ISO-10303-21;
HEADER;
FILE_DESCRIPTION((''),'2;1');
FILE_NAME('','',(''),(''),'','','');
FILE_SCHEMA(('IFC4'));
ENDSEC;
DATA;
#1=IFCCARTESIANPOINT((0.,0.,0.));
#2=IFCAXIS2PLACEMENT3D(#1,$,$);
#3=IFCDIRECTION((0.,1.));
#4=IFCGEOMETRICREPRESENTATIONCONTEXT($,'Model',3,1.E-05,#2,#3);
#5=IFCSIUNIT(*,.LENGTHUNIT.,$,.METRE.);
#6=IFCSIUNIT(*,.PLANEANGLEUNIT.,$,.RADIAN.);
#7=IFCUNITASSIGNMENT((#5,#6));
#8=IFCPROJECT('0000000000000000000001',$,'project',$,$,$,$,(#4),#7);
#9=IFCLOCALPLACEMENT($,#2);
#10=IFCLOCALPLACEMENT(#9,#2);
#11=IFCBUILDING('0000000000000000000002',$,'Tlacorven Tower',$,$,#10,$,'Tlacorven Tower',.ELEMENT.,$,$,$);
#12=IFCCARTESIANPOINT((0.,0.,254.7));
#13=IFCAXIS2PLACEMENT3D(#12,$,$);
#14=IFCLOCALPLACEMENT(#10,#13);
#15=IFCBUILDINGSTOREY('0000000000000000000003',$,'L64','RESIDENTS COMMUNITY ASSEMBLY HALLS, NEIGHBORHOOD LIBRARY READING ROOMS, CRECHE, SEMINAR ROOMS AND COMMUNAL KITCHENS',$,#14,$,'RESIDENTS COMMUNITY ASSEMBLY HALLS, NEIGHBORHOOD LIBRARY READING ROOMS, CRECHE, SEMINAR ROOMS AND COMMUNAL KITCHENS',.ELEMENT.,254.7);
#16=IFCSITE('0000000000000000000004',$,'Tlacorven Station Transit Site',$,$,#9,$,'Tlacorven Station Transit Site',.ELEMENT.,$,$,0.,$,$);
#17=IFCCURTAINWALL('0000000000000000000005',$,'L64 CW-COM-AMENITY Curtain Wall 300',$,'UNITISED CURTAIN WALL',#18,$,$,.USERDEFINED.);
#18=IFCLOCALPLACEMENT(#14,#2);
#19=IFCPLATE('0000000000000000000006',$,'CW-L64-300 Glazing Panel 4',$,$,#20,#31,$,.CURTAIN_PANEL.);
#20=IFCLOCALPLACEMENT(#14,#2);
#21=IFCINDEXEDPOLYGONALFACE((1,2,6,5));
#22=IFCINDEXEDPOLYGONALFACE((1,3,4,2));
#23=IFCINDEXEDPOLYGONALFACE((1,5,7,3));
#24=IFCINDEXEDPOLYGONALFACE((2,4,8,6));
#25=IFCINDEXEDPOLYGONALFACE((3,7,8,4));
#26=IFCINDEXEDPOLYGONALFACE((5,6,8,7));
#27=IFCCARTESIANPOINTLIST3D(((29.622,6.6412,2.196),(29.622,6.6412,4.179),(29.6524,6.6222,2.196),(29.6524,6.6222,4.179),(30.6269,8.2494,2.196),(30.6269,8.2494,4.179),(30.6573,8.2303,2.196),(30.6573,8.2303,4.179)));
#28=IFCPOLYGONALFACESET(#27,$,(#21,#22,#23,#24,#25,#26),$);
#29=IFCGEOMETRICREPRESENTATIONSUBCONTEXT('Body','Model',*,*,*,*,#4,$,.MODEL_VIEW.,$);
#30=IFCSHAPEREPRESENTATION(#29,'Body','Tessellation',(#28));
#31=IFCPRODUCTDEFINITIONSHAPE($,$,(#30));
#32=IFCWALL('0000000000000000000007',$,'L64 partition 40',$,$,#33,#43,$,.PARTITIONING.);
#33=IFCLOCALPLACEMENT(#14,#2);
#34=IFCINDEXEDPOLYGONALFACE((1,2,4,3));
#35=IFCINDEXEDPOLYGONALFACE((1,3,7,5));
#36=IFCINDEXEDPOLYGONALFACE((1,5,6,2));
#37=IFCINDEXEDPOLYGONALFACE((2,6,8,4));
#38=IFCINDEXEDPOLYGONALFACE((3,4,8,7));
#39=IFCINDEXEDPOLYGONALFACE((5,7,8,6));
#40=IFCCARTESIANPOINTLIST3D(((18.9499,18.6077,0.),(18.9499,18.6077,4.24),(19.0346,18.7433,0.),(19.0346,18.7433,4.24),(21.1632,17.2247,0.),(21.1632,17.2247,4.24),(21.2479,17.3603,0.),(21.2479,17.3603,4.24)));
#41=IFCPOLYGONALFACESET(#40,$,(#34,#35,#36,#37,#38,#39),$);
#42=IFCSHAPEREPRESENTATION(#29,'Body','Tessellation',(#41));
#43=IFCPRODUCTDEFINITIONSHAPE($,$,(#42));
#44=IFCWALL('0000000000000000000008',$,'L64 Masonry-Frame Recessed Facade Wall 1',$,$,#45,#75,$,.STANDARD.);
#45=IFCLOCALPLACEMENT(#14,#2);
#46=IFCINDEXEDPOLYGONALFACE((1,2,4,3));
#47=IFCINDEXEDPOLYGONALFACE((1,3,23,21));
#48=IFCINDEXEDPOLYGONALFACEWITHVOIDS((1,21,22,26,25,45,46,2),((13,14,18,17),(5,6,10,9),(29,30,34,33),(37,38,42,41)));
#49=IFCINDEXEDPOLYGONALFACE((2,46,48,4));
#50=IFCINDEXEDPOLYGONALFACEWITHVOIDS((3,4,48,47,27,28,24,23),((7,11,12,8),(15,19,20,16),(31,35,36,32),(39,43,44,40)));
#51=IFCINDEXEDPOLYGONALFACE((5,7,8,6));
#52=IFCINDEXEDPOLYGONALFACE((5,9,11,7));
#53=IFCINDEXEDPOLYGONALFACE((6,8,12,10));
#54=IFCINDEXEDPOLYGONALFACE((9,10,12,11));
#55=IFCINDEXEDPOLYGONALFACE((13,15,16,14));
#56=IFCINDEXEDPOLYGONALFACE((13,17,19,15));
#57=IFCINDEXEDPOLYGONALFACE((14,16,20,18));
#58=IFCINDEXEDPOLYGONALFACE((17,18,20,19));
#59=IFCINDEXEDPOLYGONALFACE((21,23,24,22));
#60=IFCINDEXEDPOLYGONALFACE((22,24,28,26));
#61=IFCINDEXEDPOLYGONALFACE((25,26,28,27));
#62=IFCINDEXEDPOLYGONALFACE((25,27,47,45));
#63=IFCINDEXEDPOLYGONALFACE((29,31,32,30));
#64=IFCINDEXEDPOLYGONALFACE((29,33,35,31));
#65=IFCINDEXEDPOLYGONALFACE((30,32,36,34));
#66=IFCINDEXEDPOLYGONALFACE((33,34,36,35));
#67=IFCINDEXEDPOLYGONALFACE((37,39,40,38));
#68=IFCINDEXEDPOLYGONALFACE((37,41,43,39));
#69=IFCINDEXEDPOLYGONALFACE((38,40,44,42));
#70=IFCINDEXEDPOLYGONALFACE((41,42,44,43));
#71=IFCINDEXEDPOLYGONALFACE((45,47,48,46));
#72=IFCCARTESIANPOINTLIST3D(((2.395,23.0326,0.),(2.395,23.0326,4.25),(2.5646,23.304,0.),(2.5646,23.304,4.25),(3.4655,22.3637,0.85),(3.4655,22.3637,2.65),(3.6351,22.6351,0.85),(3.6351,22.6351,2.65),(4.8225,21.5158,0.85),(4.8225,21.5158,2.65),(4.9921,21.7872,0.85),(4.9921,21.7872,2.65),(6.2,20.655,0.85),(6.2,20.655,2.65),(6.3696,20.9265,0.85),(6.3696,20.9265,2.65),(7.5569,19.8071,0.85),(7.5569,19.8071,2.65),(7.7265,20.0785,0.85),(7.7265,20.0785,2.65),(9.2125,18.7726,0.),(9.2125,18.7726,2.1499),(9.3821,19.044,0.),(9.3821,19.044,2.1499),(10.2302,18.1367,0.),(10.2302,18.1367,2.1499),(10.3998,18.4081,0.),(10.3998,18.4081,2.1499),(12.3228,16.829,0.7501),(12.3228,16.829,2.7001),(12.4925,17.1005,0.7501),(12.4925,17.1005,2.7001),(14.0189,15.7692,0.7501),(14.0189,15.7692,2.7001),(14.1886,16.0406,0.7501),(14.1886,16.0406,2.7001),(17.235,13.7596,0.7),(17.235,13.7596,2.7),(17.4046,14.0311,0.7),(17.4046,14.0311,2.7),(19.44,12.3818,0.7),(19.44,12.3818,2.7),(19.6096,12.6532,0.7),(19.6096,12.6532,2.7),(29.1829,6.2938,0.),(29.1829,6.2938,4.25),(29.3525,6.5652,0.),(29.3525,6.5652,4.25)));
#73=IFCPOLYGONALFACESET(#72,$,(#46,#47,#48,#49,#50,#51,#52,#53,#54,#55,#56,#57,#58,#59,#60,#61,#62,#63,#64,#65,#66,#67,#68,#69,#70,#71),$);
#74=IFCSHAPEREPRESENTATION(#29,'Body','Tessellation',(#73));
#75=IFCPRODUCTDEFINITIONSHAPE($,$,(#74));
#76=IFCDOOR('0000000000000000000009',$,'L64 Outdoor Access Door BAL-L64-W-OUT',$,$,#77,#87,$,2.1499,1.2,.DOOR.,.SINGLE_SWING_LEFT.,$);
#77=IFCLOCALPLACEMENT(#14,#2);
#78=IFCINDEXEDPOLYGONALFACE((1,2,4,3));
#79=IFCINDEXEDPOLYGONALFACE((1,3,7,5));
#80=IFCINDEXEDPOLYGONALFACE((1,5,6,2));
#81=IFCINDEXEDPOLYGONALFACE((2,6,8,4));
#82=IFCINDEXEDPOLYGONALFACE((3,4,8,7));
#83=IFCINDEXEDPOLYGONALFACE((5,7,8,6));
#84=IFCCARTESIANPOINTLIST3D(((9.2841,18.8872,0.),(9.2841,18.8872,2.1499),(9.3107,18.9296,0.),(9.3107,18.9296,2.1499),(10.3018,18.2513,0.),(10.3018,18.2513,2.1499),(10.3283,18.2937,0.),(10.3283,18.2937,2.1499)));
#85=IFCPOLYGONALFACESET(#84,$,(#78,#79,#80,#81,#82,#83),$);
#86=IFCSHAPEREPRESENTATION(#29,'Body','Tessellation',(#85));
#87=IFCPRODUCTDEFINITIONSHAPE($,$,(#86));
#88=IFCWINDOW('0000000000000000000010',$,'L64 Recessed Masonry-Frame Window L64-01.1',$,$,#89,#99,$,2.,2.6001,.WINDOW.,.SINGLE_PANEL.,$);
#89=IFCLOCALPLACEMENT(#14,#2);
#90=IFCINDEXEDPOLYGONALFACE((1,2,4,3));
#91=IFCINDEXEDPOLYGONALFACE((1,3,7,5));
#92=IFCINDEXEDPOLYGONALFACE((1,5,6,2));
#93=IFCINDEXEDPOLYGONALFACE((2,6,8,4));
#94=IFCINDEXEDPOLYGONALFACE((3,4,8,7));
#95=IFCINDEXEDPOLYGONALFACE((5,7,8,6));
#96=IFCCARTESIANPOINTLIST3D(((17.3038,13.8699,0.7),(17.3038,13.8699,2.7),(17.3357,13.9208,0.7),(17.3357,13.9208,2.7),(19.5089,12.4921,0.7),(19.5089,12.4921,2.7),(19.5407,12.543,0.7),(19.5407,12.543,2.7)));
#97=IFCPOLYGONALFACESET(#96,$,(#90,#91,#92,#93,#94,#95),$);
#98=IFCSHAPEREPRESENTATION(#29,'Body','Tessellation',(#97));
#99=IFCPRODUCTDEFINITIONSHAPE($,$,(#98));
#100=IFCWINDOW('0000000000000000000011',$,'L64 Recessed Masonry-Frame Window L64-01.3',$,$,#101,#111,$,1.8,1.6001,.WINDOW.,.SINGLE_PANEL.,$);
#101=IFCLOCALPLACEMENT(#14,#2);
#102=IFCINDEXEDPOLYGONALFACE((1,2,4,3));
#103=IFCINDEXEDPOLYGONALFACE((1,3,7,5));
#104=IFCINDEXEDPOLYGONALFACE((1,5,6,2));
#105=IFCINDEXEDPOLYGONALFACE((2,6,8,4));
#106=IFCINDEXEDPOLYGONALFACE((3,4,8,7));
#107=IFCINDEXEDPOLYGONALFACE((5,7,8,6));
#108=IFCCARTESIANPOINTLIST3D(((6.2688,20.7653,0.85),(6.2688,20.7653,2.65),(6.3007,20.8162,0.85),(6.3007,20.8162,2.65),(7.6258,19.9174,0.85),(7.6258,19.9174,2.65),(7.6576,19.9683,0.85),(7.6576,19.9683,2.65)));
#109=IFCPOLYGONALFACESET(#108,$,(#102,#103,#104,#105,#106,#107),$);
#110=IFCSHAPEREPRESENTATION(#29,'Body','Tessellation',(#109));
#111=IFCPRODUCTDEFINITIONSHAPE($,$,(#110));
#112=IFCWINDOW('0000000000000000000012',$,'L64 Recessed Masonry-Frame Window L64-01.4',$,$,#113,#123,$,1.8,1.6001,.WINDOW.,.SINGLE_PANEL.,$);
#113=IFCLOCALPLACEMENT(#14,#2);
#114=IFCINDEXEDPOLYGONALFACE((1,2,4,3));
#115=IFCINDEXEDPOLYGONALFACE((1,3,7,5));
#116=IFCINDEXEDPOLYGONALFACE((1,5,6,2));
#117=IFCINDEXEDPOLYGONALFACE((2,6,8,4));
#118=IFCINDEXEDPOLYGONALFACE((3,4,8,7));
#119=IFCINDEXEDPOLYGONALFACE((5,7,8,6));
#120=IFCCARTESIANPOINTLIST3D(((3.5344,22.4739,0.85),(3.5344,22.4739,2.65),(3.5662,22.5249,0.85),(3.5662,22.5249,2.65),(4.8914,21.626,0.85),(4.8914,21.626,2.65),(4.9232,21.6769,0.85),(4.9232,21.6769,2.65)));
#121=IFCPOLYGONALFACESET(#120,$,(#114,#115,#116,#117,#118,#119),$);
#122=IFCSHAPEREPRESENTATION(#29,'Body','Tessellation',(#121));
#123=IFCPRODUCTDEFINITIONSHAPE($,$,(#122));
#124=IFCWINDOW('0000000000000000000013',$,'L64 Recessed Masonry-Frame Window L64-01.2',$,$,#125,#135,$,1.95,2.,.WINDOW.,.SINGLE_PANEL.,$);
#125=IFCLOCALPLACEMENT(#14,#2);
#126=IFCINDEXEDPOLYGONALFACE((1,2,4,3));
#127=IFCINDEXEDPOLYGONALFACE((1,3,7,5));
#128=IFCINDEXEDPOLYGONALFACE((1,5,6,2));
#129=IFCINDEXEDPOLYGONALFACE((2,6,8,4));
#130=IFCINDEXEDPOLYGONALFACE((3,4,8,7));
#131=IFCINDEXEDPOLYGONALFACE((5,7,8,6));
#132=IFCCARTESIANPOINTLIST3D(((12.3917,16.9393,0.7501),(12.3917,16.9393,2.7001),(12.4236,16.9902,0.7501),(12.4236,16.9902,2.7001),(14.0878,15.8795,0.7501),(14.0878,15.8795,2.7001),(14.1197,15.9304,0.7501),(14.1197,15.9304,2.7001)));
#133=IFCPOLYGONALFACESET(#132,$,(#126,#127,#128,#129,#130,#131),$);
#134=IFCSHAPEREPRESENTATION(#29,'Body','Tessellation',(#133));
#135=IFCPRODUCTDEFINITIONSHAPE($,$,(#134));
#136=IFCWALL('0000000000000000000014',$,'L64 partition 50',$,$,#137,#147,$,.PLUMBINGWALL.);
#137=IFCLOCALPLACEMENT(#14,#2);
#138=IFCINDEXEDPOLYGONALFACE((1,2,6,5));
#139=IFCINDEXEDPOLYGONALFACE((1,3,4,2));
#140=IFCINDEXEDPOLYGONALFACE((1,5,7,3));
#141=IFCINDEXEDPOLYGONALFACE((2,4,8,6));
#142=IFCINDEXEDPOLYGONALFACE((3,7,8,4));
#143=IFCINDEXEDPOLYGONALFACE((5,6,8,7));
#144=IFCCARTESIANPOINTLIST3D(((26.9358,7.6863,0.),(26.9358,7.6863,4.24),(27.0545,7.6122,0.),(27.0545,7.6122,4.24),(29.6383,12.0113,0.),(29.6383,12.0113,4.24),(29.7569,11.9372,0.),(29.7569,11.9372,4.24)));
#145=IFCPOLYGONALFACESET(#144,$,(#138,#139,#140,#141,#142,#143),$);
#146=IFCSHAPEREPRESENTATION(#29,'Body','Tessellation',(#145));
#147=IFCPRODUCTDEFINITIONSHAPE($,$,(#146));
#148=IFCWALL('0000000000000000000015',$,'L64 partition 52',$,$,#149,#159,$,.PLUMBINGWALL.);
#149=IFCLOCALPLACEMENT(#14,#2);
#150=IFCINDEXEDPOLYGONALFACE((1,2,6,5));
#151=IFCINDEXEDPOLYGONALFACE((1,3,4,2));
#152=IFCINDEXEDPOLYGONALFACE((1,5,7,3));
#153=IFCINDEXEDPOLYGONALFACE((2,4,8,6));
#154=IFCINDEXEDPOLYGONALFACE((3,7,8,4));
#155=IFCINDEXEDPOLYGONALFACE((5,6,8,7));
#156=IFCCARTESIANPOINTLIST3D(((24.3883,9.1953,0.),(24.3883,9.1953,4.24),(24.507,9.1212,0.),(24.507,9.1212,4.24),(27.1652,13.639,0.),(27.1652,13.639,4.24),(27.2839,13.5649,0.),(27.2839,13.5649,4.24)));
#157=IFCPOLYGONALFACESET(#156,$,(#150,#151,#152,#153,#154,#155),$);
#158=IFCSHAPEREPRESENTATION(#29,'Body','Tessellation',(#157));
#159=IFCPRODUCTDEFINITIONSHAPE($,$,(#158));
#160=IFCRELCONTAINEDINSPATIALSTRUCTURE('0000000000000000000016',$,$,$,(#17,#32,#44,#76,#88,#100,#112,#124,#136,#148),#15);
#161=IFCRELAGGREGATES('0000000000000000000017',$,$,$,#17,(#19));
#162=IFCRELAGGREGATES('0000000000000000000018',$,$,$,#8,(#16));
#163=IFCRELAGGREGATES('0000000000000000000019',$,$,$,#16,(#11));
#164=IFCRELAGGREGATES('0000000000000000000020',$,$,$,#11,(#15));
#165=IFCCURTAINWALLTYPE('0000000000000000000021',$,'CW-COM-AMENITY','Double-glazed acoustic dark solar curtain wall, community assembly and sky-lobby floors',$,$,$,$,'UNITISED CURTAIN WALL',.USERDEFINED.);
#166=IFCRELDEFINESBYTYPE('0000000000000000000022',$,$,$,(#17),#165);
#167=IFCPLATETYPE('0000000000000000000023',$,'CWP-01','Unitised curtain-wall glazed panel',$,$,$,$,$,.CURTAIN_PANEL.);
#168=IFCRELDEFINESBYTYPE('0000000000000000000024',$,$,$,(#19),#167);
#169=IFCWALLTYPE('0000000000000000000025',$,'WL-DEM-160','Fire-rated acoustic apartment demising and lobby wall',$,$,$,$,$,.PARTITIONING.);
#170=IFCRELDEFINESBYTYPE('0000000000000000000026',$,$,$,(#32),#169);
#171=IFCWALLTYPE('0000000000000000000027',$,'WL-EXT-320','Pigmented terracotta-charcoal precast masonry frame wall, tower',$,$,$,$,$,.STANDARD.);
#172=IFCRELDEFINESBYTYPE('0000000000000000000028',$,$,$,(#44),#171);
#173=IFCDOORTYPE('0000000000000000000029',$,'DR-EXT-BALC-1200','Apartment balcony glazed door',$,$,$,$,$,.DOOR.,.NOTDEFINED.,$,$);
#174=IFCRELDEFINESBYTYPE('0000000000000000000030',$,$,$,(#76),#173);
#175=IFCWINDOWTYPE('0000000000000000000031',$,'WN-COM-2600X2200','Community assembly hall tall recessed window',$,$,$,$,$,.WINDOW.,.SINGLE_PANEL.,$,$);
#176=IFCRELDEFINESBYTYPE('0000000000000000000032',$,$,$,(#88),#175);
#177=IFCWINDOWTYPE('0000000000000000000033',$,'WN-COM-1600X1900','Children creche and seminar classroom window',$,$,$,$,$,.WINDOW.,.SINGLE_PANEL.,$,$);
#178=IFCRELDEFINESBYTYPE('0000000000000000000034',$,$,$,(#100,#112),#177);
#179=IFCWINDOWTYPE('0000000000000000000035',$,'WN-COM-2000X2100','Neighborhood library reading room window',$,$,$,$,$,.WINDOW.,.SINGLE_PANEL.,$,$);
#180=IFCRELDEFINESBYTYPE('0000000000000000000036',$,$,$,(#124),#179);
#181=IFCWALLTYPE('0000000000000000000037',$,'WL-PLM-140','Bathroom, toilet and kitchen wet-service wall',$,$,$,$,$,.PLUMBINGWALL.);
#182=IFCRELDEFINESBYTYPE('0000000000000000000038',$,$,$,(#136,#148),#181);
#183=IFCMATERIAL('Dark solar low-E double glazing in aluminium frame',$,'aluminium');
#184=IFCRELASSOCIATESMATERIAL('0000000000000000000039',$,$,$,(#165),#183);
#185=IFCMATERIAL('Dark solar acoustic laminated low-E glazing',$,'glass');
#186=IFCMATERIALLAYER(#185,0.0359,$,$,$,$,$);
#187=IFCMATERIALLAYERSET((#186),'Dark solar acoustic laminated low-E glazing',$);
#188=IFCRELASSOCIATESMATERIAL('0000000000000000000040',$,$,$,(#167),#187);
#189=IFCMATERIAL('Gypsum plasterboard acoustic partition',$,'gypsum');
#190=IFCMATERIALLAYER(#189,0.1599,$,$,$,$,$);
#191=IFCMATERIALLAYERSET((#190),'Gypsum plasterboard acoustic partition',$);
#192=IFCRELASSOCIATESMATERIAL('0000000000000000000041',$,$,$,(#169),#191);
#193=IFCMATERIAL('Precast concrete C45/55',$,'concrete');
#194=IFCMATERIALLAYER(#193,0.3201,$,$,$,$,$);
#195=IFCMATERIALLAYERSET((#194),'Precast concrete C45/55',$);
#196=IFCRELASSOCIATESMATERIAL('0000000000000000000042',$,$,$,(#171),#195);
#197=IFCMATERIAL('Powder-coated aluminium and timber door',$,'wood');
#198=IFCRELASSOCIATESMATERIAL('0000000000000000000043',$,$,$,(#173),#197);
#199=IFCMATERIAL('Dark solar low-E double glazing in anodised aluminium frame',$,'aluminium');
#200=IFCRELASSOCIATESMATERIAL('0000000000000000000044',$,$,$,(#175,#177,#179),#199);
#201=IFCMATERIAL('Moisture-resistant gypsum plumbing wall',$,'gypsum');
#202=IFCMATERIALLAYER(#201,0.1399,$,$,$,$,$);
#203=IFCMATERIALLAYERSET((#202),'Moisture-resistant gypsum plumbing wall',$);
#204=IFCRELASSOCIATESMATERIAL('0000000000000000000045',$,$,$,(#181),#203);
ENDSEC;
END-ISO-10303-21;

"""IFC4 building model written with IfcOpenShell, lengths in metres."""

from ifc_helpers import new_model, si_unit, direction, frame, frame_2d, origin, origin_2d, place, context, subcontext, project, spatial, rectangle, extrude, source, transform, mapped, material, layer, layer_set, type_object, element, fill, aggregate, save


model = new_model("IFC4")

# Units and contexts
model_context = context("Model", 3, precision=1e-05, world=origin(), true_north=direction((0.0, 1.0)))
body_context = subcontext(model_context, "Body", "Model", "MODEL_VIEW")
ifc_project = project(units=[si_unit("LENGTHUNIT", "METRE"), si_unit("PLANEANGLEUNIT", "RADIAN")], contexts=[model_context])

# Site, building, storey
site_placement = place(None, origin())
site = spatial("IfcSite", under=ifc_project, at=site_placement, Name="Tlacorven Station Transit Site", LongName="Tlacorven Station Transit Site", CompositionType="ELEMENT", RefElevation=0.0)
building_placement = place(site_placement, origin())
building = spatial("IfcBuilding", under=site, at=building_placement, Name="Tlacorven Tower", LongName="Tlacorven Tower", CompositionType="ELEMENT")
storey_placement = place(building_placement, frame((0.0, 0.0, 254.7)))
storey = spatial("IfcBuildingStorey", under=building, at=storey_placement, Name="L64", Description="RESIDENTS COMMUNITY ASSEMBLY HALLS, NEIGHBORHOOD LIBRARY READING ROOMS, CRECHE, SEMINAR ROOMS AND COMMUNAL KITCHENS", LongName="RESIDENTS COMMUNITY ASSEMBLY HALLS, NEIGHBORHOOD LIBRARY READING ROOMS, CRECHE, SEMINAR ROOMS AND COMMUNAL KITCHENS", CompositionType="ELEMENT", Elevation=254.7)

# Curtain wall, plate
ifc_material_1 = material(Name="Dark solar low-E double glazing in aluminium frame", Category="aluminium")
curtain_wall_type = type_object("IfcCurtainWallType", Name="CW-COM-AMENITY", Description="Double-glazed acoustic dark solar curtain wall, community assembly and sky-lobby floors", ElementType="UNITISED CURTAIN WALL", PredefinedType="USERDEFINED", material=ifc_material_1)
curtain_wall_placement = place(storey_placement, origin())
curtain_wall = element("IfcCurtainWall", 1, at=curtain_wall_placement, inside=storey, type_object=curtain_wall_type, Name="L64 CW-COM-AMENITY Curtain Wall 300", ObjectType="UNITISED CURTAIN WALL", PredefinedType="USERDEFINED")
ifc_material_2 = material(Name="Dark solar acoustic laminated low-E glazing", Category="glass")
ifc_layer_1 = layer(ifc_material_2, 0.0359)
ifc_layer_set_1 = layer_set([ifc_layer_1], Name="Dark solar acoustic laminated low-E glazing")
plate_type = type_object("IfcPlateType", Name="CWP-01", Description="Unitised curtain-wall glazed panel", PredefinedType="CURTAIN_PANEL", material=ifc_layer_set_1)
shared_shape_1 = source(origin(), body_context, "Body", "SweptSolid", [
    extrude(rectangle(XDim=1.8962, YDim=0.0359, at=origin_2d()), origin(), (0.0, 0.0, 1.0), 1.9829),
])
plate_1_placement = place(storey_placement, frame((30.1396, 7.4358, 2.196), z_axis=(0.0, 0.0, 1.0), x_axis=(-0.529919, -0.848048, 0.0)))
plate_1 = element("IfcPlate", 2, at=plate_1_placement, type_object=plate_type, Name="CW-L64-300 Glazing Panel 4", PredefinedType="CURTAIN_PANEL", context=body_context, shape_type="MappedRepresentation", body=[
    mapped(shared_shape_1, transform((0.0, 0.0, 0.0), scale=1.0)),
])
aggregate(curtain_wall, [plate_1])

# Wall
ifc_material_3 = material(Name="Gypsum plasterboard acoustic partition", Category="gypsum")
ifc_layer_2 = layer(ifc_material_3, 0.1599)
ifc_layer_set_2 = layer_set([ifc_layer_2], Name="Gypsum plasterboard acoustic partition")
wall_type_1 = type_object("IfcWallType", Name="WL-DEM-160", Description="Fire-rated acoustic apartment demising and lobby wall", PredefinedType="PARTITIONING", material=ifc_layer_set_2)
wall_1_placement = place(storey_placement, frame((21.2056, 17.2925, 0.0), z_axis=(0.0, 0.0, 1.0), x_axis=(-0.848051, 0.529915, 0.0)))
element("IfcWall", 3, at=wall_1_placement, inside=storey, type_object=wall_type_1, Name="L64 partition 40", PredefinedType="PARTITIONING", context=body_context, shape_type="SweptSolid", body=[
    extrude(rectangle(XDim=2.6099, YDim=0.1599, at=frame_2d((1.3049, 0.0))), origin(), (0.0, 0.0, 1.0), 4.24),
])

# Wall, openings, door, windows
ifc_material_4 = material(Name="Precast concrete C45/55", Category="concrete")
ifc_layer_3 = layer(ifc_material_4, 0.3201)
ifc_layer_set_3 = layer_set([ifc_layer_3], Name="Precast concrete C45/55")
wall_type_2 = type_object("IfcWallType", Name="WL-EXT-320", Description="Pigmented terracotta-charcoal precast masonry frame wall, tower", PredefinedType="STANDARD", material=ifc_layer_set_3)
wall_2_placement = place(storey_placement, frame((29.2678, 6.4294, 0.0), z_axis=(0.0, 0.0, 1.0), x_axis=(-0.84805, 0.529916, 0.0)))
wall_2 = element("IfcWall", 4, at=wall_2_placement, inside=storey, type_object=wall_type_2, Name="L64 Masonry-Frame Recessed Facade Wall 1", PredefinedType="STANDARD", context=body_context, shape_type="SweptSolid", body=[
    extrude(rectangle(XDim=31.5876, YDim=0.3201, at=frame_2d((15.7939, 0.0))), origin(), (0.0, 0.0, 1.0), 4.25),
])
opening_1_placement = place(wall_2_placement, frame((22.3486, 0.0, 0.0)))
opening_1 = element("IfcOpeningElement", 5, at=opening_1_placement, cuts=wall_2, PredefinedType="OPENING", context=body_context, shape_type="SweptSolid", body=[
    extrude(rectangle(XDim=1.2, YDim=2.1499, at=frame_2d((0.6001, 1.075))), frame((0.0, 0.1699, 0.0), z_axis=(0.0, -1.0, 0.0), x_axis=(1.0, 0.0, 0.0)), (0.0, 0.0, 1.0), 0.3401),
])
opening_2_placement = place(wall_2_placement, frame((11.4888, 0.0, 0.7)))
opening_2 = element("IfcOpeningElement", 6, at=opening_2_placement, cuts=wall_2, PredefinedType="OPENING", context=body_context, shape_type="SweptSolid", body=[
    extrude(rectangle(XDim=2.6001, YDim=2.0, at=frame_2d((1.3, 1.0))), frame((0.0, 0.1699, 0.0), z_axis=(0.0, -1.0, 0.0), x_axis=(1.0, 0.0, 0.0)), (0.0, 0.0, 1.0), 0.3401),
])
opening_3_placement = place(wall_2_placement, frame((17.8811, 0.0, 0.75)))
opening_3 = element("IfcOpeningElement", 7, at=opening_3_placement, cuts=wall_2, PredefinedType="OPENING", context=body_context, shape_type="SweptSolid", body=[
    extrude(rectangle(XDim=2.0, YDim=1.95, at=frame_2d((1.0, 0.9751))), frame((0.0, 0.1699, 0.0), z_axis=(0.0, -1.0, 0.0), x_axis=(1.0, 0.0, 0.0)), (0.0, 0.0, 1.0), 0.3401),
])
opening_4_placement = place(wall_2_placement, frame((25.501, 0.0, 0.8501)))
opening_4 = element("IfcOpeningElement", 8, at=opening_4_placement, cuts=wall_2, PredefinedType="OPENING", context=body_context, shape_type="SweptSolid", body=[
    extrude(rectangle(XDim=1.6001, YDim=1.8, at=frame_2d((0.8, 0.8999))), frame((0.0, 0.1699, 0.0), z_axis=(0.0, -1.0, 0.0), x_axis=(1.0, 0.0, 0.0)), (0.0, 0.0, 1.0), 0.3401),
])
opening_5_placement = place(wall_2_placement, frame((28.7253, 0.0, 0.8501)))
opening_5 = element("IfcOpeningElement", 9, at=opening_5_placement, cuts=wall_2, PredefinedType="OPENING", context=body_context, shape_type="SweptSolid", body=[
    extrude(rectangle(XDim=1.6001, YDim=1.8, at=frame_2d((0.8, 0.8999))), frame((0.0, 0.1699, 0.0), z_axis=(0.0, -1.0, 0.0), x_axis=(1.0, 0.0, 0.0)), (0.0, 0.0, 1.0), 0.3401),
])
ifc_material_5 = material(Name="Powder-coated aluminium and timber door", Category="wood")
door_type = type_object("IfcDoorType", Name="DR-EXT-BALC-1200", Description="Apartment balcony glazed door", OperationType="NOTDEFINED", PredefinedType="DOOR", material=ifc_material_5)
shared_shape_2 = source(origin(), body_context, "Body", "SweptSolid", [
    extrude(rectangle(XDim=1.2, YDim=2.1499, at=frame_2d((0.6001, 1.075))), frame((0.0, 0.0249, 0.0), z_axis=(0.0, -1.0, 0.0), x_axis=(1.0, 0.0, 0.0)), (0.0, 0.0, 1.0), 0.05),
])
door_placement = place(opening_1_placement, origin())
door = element("IfcDoor", 10, at=door_placement, inside=storey, type_object=door_type, Name="L64 Outdoor Access Door BAL-L64-W-OUT", OperationType="SINGLE_SWING_LEFT", OverallHeight=2.1499, OverallWidth=1.2, PredefinedType="DOOR", context=body_context, shape_type="MappedRepresentation", body=[
    mapped(shared_shape_2, transform((0.0, 0.0, 0.0), scale=1.0)),
])
fill(opening_1, door)
ifc_material_6 = material(Name="Dark solar low-E double glazing in anodised aluminium frame", Category="aluminium")
window_type_1 = type_object("IfcWindowType", Name="WN-COM-2600X2200", Description="Community assembly hall tall recessed window", PartitioningType="SINGLE_PANEL", PredefinedType="WINDOW", material=ifc_material_6)
shared_shape_3 = source(origin(), body_context, "Body", "SweptSolid", [
    extrude(rectangle(XDim=2.6001, YDim=2.0, at=frame_2d((1.3, 1.0))), frame((0.0, 0.03, 0.0), z_axis=(0.0, -1.0, 0.0), x_axis=(1.0, 0.0, 0.0)), (0.0, 0.0, 1.0), 0.0601),
])
window_1_placement = place(opening_2_placement, origin())
window_1 = element("IfcWindow", 11, at=window_1_placement, inside=storey, type_object=window_type_1, Name="L64 Recessed Masonry-Frame Window L64-01.1", OverallHeight=2.0, OverallWidth=2.6001, PartitioningType="SINGLE_PANEL", PredefinedType="WINDOW", context=body_context, shape_type="MappedRepresentation", body=[
    mapped(shared_shape_3, transform((0.0, 0.0, 0.0), scale=1.0)),
])
fill(opening_2, window_1)
window_type_2 = type_object("IfcWindowType", Name="WN-COM-1600X1900", Description="Children creche and seminar classroom window", PartitioningType="SINGLE_PANEL", PredefinedType="WINDOW", material=ifc_material_6)
shared_shape_4 = source(origin(), body_context, "Body", "SweptSolid", [
    extrude(rectangle(XDim=1.6001, YDim=1.8, at=frame_2d((0.8, 0.8999))), frame((0.0, 0.03, 0.0), z_axis=(0.0, -1.0, 0.0), x_axis=(1.0, 0.0, 0.0)), (0.0, 0.0, 1.0), 0.0601),
])
window_2_placement = place(opening_4_placement, origin())
window_2 = element("IfcWindow", 12, at=window_2_placement, inside=storey, type_object=window_type_2, Name="L64 Recessed Masonry-Frame Window L64-01.3", OverallHeight=1.8, OverallWidth=1.6001, PartitioningType="SINGLE_PANEL", PredefinedType="WINDOW", context=body_context, shape_type="MappedRepresentation", body=[
    mapped(shared_shape_4, transform((0.0, 0.0, 0.0), scale=1.0)),
])
fill(opening_4, window_2)
window_3_placement = place(opening_5_placement, origin())
window_3 = element("IfcWindow", 13, at=window_3_placement, inside=storey, type_object=window_type_2, Name="L64 Recessed Masonry-Frame Window L64-01.4", OverallHeight=1.8, OverallWidth=1.6001, PartitioningType="SINGLE_PANEL", PredefinedType="WINDOW", context=body_context, shape_type="MappedRepresentation", body=[
    mapped(shared_shape_4, transform((0.0, 0.0, 0.0), scale=1.0)),
])
fill(opening_5, window_3)
window_type_3 = type_object("IfcWindowType", Name="WN-COM-2000X2100", Description="Neighborhood library reading room window", PartitioningType="SINGLE_PANEL", PredefinedType="WINDOW", material=ifc_material_6)
shared_shape_5 = source(origin(), body_context, "Body", "SweptSolid", [
    extrude(rectangle(XDim=2.0, YDim=1.95, at=frame_2d((1.0, 0.9751))), frame((0.0, 0.03, 0.0), z_axis=(0.0, -1.0, 0.0), x_axis=(1.0, 0.0, 0.0)), (0.0, 0.0, 1.0), 0.0601),
])
window_4_placement = place(opening_3_placement, origin())
window_4 = element("IfcWindow", 14, at=window_4_placement, inside=storey, type_object=window_type_3, Name="L64 Recessed Masonry-Frame Window L64-01.2", OverallHeight=1.95, OverallWidth=2.0, PartitioningType="SINGLE_PANEL", PredefinedType="WINDOW", context=body_context, shape_type="MappedRepresentation", body=[
    mapped(shared_shape_5, transform((0.0, 0.0, 0.0), scale=1.0)),
])
fill(opening_3, window_4)

# Walls
ifc_material_7 = material(Name="Moisture-resistant gypsum plumbing wall", Category="gypsum")
ifc_layer_4 = layer(ifc_material_7, 0.1399)
ifc_layer_set_4 = layer_set([ifc_layer_4], Name="Moisture-resistant gypsum plumbing wall")
wall_type_3 = type_object("IfcWallType", Name="WL-PLM-140", Description="Bathroom, toilet and kitchen wet-service wall", PredefinedType="PLUMBINGWALL", material=ifc_layer_set_4)
wall_3_placement = place(storey_placement, frame((29.6975, 11.9741, 0.0), z_axis=(0.0, 0.0, 1.0), x_axis=(-0.5299, -0.84806, 0.0)))
element("IfcWall", 15, at=wall_3_placement, inside=storey, type_object=wall_type_3, Name="L64 partition 50", PredefinedType="PLUMBINGWALL", context=body_context, shape_type="SweptSolid", body=[
    extrude(rectangle(XDim=5.0999, YDim=0.1399, at=frame_2d((2.5498, 0.0))), origin(), (0.0, 0.0, 1.0), 4.24),
])
for number, where, z_axis, x_axis, name in (
    (16, (27.2246, 13.6021, 0.0), (0.0, 0.0, 1.0), (-0.529944, -0.848032, 0.0), "L64 partition 52"),
):
    element("IfcWall", number, at=place(storey_placement, frame(where, z_axis=z_axis, x_axis=x_axis)), inside=storey, type_object=wall_type_3, Name=name, PredefinedType="PLUMBINGWALL", context=body_context, shape_type="SweptSolid", body=[
        extrude(rectangle(XDim=5.24, YDim=0.1399, at=frame_2d((2.6201, 0.0))), origin(), (0.0, 0.0, 1.0), 4.24),
    ])

save(model, "model.ifc")
